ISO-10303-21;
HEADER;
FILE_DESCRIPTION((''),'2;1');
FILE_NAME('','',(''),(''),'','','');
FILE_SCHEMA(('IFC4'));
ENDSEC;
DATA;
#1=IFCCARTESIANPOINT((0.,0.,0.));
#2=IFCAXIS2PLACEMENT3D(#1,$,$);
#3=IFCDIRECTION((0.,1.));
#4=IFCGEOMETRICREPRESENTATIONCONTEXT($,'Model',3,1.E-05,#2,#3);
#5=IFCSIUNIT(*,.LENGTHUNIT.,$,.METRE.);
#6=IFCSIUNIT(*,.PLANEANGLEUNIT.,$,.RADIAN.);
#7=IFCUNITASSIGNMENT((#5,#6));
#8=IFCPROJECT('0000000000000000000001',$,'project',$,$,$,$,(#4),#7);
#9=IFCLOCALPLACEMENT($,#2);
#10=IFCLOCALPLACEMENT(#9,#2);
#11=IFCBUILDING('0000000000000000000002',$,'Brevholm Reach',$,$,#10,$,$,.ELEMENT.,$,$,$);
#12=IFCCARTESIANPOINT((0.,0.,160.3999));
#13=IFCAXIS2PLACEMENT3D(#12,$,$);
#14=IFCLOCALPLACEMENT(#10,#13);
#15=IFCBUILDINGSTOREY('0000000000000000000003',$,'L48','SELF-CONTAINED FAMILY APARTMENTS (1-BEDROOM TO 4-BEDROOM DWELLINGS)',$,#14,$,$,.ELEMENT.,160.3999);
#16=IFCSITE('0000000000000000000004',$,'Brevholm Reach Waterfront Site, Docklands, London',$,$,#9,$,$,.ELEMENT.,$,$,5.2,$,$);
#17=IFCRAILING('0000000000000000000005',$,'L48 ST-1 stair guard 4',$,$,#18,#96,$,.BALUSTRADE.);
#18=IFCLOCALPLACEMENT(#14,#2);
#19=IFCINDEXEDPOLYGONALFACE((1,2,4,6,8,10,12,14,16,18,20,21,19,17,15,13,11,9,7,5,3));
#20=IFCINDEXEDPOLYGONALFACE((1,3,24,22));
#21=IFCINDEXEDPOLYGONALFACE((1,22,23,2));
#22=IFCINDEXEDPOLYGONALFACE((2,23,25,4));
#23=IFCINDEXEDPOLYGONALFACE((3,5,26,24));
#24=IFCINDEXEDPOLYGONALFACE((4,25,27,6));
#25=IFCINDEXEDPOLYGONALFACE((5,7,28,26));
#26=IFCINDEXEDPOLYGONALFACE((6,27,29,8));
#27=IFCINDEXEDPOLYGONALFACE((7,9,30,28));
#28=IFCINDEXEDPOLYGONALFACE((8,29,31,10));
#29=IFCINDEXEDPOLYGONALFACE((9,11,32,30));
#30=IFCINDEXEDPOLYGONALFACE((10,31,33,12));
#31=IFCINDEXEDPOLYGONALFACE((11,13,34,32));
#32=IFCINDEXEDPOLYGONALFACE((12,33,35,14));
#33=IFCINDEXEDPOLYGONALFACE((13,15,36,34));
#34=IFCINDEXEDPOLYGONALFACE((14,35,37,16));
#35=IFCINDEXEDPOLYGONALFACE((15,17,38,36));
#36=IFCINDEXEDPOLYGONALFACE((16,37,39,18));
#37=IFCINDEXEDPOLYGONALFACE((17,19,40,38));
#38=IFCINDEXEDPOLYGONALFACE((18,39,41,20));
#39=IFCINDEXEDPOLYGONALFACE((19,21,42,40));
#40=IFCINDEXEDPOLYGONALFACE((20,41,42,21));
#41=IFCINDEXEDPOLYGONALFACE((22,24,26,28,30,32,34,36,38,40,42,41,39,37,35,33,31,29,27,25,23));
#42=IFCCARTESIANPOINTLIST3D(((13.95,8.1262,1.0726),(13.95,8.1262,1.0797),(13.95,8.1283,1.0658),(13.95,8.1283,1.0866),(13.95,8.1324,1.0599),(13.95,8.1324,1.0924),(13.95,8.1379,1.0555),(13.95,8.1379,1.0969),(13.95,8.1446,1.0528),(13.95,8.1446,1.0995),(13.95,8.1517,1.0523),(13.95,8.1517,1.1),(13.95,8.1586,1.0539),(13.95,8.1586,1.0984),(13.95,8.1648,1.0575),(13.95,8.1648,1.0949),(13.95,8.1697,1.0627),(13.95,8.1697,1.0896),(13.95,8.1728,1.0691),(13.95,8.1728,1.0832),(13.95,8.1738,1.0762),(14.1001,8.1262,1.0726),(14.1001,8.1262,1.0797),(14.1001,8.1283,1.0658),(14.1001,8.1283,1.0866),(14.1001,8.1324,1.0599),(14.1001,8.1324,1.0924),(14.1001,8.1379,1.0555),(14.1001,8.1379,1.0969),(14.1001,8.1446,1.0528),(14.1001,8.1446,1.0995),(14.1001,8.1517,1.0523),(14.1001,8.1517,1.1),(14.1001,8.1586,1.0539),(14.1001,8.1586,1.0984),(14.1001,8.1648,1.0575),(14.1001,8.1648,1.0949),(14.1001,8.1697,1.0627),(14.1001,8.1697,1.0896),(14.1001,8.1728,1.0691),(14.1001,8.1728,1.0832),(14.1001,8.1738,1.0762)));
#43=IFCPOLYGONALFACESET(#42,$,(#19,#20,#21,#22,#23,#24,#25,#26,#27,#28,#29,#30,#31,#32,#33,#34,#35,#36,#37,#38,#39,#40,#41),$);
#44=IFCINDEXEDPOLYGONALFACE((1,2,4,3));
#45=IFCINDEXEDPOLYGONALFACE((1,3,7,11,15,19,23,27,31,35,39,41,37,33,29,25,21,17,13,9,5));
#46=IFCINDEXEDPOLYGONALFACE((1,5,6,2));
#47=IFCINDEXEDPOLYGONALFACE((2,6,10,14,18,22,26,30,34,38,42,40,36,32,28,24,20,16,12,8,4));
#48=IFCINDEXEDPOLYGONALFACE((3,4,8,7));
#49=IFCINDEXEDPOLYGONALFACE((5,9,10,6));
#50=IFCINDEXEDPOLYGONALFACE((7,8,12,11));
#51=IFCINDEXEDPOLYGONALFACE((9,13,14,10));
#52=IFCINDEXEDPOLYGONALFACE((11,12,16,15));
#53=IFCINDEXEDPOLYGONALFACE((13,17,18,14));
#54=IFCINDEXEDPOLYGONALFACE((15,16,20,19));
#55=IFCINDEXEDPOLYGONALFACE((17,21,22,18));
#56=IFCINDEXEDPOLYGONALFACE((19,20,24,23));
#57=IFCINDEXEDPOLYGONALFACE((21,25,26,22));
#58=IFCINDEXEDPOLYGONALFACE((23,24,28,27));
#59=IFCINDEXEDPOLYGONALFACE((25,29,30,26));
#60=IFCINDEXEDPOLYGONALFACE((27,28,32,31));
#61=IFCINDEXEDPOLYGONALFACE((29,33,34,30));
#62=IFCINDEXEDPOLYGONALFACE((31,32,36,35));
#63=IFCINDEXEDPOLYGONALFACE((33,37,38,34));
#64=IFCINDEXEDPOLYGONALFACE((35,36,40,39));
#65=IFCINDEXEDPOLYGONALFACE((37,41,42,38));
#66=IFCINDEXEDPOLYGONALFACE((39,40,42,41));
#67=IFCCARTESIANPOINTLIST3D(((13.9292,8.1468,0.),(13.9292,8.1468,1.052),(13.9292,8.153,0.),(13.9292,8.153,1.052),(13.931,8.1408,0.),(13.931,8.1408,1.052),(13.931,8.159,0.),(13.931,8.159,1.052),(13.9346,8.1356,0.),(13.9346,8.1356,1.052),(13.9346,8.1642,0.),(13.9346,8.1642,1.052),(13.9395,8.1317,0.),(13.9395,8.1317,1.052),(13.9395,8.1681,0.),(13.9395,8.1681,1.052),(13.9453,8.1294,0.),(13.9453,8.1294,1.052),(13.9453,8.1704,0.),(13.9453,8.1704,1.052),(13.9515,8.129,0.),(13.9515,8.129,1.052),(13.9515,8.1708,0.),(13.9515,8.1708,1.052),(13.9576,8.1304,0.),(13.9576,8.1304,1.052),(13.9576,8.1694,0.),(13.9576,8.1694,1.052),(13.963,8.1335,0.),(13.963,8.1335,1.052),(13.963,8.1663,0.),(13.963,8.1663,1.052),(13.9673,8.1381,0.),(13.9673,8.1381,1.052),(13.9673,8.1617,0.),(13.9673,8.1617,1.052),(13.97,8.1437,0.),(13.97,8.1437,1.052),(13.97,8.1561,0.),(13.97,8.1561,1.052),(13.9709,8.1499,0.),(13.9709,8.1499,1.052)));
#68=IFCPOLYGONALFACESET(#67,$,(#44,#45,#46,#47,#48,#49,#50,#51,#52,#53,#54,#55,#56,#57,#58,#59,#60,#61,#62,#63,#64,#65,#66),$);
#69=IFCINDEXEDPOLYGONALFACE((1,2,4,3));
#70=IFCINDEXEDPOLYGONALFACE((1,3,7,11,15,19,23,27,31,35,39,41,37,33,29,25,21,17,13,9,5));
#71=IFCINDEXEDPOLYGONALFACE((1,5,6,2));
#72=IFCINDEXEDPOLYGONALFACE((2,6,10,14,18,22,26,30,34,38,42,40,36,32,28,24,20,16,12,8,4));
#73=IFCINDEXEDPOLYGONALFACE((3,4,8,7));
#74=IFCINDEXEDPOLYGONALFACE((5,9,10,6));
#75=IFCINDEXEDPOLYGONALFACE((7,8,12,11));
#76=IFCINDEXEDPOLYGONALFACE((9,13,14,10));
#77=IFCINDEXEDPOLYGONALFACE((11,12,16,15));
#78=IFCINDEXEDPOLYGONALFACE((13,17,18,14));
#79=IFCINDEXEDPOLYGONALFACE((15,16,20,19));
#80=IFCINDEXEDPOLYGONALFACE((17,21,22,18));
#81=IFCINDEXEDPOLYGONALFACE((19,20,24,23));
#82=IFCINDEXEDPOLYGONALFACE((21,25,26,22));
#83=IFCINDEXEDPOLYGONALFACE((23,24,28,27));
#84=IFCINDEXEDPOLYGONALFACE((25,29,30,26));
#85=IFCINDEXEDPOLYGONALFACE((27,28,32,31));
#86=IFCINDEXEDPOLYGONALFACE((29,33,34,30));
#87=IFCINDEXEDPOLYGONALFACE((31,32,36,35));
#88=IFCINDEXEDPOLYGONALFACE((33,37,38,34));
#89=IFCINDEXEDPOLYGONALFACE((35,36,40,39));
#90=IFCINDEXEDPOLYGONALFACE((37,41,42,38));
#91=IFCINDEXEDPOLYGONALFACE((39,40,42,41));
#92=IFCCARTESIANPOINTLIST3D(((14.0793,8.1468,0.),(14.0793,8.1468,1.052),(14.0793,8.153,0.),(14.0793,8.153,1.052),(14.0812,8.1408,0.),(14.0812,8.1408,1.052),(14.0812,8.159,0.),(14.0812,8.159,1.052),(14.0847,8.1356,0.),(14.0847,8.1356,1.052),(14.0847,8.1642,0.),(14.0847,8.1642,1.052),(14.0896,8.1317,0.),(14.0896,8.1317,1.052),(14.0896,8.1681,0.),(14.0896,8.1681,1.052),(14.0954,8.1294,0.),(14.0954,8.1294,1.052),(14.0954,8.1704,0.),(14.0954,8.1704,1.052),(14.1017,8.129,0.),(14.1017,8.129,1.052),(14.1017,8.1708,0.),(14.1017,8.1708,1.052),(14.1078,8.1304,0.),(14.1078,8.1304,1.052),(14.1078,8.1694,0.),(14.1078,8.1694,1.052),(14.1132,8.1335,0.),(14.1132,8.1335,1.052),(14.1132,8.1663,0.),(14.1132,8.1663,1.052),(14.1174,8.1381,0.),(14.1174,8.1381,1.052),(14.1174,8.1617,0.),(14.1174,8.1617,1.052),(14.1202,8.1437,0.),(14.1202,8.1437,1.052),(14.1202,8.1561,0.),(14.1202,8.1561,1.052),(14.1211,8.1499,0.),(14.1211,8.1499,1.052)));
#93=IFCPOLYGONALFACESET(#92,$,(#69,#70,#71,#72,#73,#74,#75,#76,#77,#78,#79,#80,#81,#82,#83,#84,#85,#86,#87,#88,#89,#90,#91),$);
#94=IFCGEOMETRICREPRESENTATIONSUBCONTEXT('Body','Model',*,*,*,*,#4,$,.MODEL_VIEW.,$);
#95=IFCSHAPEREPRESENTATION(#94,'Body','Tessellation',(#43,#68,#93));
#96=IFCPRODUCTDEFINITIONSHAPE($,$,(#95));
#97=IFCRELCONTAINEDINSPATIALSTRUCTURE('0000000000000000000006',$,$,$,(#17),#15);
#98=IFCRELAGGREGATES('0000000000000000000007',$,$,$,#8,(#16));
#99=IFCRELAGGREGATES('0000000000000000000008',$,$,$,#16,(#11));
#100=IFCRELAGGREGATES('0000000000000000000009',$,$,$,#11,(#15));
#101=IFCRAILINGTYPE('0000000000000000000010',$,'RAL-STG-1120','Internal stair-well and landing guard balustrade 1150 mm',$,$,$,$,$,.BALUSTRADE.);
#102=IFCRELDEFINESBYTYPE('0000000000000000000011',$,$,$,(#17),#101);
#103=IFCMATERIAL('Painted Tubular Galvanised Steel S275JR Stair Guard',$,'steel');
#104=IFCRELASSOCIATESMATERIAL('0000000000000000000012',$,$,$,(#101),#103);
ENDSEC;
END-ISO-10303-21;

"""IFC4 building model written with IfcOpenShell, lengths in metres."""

from ifc_helpers import new_model, si_unit, direction, frame, origin, origin_2d, place, context, subcontext, project, spatial, circle, extrude, material, type_object, element, save


model = new_model("IFC4")

# Units and contexts
model_context = context("Model", 3, precision=1e-05, world=origin(), true_north=direction((0.0, 1.0)))
body_context = subcontext(model_context, "Body", "Model", "MODEL_VIEW")
ifc_project = project(units=[si_unit("LENGTHUNIT", "METRE"), si_unit("PLANEANGLEUNIT", "RADIAN")], contexts=[model_context])

# Site, building, storey
site_placement = place(None, origin())
site = spatial("IfcSite", under=ifc_project, at=site_placement, Name="Brevholm Reach Waterfront Site, Docklands, London", CompositionType="ELEMENT", RefElevation=5.2)
building_placement = place(site_placement, origin())
building = spatial("IfcBuilding", under=site, at=building_placement, Name="Brevholm Reach", CompositionType="ELEMENT")
storey_placement = place(building_placement, frame((0.0, 0.0, 160.3999)))
storey = spatial("IfcBuildingStorey", under=building, at=storey_placement, Name="L48", Description="SELF-CONTAINED FAMILY APARTMENTS (1-BEDROOM TO 4-BEDROOM DWELLINGS)", CompositionType="ELEMENT", Elevation=160.3999)

# Railing
ifc_material_1 = material(Name="Painted Tubular Galvanised Steel S275JR Stair Guard", Category="steel")
railing_type_1 = type_object("IfcRailingType", Name="RAL-STG-1120", Description="Internal stair-well and landing guard balustrade 1150 mm", PredefinedType="BALUSTRADE", material=ifc_material_1)
railing_1_placement = place(storey_placement, frame((13.95, 8.1499, 0.0)))
element("IfcRailing", 1, at=railing_1_placement, inside=storey, type_object=railing_type_1, Name="L48 ST-1 stair guard 4", PredefinedType="BALUSTRADE", context=body_context, shape_type="SweptSolid", body=[
    extrude(circle(Radius=0.0239, at=origin_2d()), frame((0.0, 0.0, 1.0762), z_axis=(1.0, 0.0, 0.0), x_axis=(0.0, 1.0, 0.0)), (0.0, 0.0, 1.0), 0.1501),
    extrude(circle(Radius=0.021, at=origin_2d()), origin(), (0.0, 0.0, 1.0), 1.052),
    extrude(circle(Radius=0.021, at=origin_2d()), frame((0.1501, 0.0, 0.0)), (0.0, 0.0, 1.0), 1.052),
])

save(model, "model.ifc")
